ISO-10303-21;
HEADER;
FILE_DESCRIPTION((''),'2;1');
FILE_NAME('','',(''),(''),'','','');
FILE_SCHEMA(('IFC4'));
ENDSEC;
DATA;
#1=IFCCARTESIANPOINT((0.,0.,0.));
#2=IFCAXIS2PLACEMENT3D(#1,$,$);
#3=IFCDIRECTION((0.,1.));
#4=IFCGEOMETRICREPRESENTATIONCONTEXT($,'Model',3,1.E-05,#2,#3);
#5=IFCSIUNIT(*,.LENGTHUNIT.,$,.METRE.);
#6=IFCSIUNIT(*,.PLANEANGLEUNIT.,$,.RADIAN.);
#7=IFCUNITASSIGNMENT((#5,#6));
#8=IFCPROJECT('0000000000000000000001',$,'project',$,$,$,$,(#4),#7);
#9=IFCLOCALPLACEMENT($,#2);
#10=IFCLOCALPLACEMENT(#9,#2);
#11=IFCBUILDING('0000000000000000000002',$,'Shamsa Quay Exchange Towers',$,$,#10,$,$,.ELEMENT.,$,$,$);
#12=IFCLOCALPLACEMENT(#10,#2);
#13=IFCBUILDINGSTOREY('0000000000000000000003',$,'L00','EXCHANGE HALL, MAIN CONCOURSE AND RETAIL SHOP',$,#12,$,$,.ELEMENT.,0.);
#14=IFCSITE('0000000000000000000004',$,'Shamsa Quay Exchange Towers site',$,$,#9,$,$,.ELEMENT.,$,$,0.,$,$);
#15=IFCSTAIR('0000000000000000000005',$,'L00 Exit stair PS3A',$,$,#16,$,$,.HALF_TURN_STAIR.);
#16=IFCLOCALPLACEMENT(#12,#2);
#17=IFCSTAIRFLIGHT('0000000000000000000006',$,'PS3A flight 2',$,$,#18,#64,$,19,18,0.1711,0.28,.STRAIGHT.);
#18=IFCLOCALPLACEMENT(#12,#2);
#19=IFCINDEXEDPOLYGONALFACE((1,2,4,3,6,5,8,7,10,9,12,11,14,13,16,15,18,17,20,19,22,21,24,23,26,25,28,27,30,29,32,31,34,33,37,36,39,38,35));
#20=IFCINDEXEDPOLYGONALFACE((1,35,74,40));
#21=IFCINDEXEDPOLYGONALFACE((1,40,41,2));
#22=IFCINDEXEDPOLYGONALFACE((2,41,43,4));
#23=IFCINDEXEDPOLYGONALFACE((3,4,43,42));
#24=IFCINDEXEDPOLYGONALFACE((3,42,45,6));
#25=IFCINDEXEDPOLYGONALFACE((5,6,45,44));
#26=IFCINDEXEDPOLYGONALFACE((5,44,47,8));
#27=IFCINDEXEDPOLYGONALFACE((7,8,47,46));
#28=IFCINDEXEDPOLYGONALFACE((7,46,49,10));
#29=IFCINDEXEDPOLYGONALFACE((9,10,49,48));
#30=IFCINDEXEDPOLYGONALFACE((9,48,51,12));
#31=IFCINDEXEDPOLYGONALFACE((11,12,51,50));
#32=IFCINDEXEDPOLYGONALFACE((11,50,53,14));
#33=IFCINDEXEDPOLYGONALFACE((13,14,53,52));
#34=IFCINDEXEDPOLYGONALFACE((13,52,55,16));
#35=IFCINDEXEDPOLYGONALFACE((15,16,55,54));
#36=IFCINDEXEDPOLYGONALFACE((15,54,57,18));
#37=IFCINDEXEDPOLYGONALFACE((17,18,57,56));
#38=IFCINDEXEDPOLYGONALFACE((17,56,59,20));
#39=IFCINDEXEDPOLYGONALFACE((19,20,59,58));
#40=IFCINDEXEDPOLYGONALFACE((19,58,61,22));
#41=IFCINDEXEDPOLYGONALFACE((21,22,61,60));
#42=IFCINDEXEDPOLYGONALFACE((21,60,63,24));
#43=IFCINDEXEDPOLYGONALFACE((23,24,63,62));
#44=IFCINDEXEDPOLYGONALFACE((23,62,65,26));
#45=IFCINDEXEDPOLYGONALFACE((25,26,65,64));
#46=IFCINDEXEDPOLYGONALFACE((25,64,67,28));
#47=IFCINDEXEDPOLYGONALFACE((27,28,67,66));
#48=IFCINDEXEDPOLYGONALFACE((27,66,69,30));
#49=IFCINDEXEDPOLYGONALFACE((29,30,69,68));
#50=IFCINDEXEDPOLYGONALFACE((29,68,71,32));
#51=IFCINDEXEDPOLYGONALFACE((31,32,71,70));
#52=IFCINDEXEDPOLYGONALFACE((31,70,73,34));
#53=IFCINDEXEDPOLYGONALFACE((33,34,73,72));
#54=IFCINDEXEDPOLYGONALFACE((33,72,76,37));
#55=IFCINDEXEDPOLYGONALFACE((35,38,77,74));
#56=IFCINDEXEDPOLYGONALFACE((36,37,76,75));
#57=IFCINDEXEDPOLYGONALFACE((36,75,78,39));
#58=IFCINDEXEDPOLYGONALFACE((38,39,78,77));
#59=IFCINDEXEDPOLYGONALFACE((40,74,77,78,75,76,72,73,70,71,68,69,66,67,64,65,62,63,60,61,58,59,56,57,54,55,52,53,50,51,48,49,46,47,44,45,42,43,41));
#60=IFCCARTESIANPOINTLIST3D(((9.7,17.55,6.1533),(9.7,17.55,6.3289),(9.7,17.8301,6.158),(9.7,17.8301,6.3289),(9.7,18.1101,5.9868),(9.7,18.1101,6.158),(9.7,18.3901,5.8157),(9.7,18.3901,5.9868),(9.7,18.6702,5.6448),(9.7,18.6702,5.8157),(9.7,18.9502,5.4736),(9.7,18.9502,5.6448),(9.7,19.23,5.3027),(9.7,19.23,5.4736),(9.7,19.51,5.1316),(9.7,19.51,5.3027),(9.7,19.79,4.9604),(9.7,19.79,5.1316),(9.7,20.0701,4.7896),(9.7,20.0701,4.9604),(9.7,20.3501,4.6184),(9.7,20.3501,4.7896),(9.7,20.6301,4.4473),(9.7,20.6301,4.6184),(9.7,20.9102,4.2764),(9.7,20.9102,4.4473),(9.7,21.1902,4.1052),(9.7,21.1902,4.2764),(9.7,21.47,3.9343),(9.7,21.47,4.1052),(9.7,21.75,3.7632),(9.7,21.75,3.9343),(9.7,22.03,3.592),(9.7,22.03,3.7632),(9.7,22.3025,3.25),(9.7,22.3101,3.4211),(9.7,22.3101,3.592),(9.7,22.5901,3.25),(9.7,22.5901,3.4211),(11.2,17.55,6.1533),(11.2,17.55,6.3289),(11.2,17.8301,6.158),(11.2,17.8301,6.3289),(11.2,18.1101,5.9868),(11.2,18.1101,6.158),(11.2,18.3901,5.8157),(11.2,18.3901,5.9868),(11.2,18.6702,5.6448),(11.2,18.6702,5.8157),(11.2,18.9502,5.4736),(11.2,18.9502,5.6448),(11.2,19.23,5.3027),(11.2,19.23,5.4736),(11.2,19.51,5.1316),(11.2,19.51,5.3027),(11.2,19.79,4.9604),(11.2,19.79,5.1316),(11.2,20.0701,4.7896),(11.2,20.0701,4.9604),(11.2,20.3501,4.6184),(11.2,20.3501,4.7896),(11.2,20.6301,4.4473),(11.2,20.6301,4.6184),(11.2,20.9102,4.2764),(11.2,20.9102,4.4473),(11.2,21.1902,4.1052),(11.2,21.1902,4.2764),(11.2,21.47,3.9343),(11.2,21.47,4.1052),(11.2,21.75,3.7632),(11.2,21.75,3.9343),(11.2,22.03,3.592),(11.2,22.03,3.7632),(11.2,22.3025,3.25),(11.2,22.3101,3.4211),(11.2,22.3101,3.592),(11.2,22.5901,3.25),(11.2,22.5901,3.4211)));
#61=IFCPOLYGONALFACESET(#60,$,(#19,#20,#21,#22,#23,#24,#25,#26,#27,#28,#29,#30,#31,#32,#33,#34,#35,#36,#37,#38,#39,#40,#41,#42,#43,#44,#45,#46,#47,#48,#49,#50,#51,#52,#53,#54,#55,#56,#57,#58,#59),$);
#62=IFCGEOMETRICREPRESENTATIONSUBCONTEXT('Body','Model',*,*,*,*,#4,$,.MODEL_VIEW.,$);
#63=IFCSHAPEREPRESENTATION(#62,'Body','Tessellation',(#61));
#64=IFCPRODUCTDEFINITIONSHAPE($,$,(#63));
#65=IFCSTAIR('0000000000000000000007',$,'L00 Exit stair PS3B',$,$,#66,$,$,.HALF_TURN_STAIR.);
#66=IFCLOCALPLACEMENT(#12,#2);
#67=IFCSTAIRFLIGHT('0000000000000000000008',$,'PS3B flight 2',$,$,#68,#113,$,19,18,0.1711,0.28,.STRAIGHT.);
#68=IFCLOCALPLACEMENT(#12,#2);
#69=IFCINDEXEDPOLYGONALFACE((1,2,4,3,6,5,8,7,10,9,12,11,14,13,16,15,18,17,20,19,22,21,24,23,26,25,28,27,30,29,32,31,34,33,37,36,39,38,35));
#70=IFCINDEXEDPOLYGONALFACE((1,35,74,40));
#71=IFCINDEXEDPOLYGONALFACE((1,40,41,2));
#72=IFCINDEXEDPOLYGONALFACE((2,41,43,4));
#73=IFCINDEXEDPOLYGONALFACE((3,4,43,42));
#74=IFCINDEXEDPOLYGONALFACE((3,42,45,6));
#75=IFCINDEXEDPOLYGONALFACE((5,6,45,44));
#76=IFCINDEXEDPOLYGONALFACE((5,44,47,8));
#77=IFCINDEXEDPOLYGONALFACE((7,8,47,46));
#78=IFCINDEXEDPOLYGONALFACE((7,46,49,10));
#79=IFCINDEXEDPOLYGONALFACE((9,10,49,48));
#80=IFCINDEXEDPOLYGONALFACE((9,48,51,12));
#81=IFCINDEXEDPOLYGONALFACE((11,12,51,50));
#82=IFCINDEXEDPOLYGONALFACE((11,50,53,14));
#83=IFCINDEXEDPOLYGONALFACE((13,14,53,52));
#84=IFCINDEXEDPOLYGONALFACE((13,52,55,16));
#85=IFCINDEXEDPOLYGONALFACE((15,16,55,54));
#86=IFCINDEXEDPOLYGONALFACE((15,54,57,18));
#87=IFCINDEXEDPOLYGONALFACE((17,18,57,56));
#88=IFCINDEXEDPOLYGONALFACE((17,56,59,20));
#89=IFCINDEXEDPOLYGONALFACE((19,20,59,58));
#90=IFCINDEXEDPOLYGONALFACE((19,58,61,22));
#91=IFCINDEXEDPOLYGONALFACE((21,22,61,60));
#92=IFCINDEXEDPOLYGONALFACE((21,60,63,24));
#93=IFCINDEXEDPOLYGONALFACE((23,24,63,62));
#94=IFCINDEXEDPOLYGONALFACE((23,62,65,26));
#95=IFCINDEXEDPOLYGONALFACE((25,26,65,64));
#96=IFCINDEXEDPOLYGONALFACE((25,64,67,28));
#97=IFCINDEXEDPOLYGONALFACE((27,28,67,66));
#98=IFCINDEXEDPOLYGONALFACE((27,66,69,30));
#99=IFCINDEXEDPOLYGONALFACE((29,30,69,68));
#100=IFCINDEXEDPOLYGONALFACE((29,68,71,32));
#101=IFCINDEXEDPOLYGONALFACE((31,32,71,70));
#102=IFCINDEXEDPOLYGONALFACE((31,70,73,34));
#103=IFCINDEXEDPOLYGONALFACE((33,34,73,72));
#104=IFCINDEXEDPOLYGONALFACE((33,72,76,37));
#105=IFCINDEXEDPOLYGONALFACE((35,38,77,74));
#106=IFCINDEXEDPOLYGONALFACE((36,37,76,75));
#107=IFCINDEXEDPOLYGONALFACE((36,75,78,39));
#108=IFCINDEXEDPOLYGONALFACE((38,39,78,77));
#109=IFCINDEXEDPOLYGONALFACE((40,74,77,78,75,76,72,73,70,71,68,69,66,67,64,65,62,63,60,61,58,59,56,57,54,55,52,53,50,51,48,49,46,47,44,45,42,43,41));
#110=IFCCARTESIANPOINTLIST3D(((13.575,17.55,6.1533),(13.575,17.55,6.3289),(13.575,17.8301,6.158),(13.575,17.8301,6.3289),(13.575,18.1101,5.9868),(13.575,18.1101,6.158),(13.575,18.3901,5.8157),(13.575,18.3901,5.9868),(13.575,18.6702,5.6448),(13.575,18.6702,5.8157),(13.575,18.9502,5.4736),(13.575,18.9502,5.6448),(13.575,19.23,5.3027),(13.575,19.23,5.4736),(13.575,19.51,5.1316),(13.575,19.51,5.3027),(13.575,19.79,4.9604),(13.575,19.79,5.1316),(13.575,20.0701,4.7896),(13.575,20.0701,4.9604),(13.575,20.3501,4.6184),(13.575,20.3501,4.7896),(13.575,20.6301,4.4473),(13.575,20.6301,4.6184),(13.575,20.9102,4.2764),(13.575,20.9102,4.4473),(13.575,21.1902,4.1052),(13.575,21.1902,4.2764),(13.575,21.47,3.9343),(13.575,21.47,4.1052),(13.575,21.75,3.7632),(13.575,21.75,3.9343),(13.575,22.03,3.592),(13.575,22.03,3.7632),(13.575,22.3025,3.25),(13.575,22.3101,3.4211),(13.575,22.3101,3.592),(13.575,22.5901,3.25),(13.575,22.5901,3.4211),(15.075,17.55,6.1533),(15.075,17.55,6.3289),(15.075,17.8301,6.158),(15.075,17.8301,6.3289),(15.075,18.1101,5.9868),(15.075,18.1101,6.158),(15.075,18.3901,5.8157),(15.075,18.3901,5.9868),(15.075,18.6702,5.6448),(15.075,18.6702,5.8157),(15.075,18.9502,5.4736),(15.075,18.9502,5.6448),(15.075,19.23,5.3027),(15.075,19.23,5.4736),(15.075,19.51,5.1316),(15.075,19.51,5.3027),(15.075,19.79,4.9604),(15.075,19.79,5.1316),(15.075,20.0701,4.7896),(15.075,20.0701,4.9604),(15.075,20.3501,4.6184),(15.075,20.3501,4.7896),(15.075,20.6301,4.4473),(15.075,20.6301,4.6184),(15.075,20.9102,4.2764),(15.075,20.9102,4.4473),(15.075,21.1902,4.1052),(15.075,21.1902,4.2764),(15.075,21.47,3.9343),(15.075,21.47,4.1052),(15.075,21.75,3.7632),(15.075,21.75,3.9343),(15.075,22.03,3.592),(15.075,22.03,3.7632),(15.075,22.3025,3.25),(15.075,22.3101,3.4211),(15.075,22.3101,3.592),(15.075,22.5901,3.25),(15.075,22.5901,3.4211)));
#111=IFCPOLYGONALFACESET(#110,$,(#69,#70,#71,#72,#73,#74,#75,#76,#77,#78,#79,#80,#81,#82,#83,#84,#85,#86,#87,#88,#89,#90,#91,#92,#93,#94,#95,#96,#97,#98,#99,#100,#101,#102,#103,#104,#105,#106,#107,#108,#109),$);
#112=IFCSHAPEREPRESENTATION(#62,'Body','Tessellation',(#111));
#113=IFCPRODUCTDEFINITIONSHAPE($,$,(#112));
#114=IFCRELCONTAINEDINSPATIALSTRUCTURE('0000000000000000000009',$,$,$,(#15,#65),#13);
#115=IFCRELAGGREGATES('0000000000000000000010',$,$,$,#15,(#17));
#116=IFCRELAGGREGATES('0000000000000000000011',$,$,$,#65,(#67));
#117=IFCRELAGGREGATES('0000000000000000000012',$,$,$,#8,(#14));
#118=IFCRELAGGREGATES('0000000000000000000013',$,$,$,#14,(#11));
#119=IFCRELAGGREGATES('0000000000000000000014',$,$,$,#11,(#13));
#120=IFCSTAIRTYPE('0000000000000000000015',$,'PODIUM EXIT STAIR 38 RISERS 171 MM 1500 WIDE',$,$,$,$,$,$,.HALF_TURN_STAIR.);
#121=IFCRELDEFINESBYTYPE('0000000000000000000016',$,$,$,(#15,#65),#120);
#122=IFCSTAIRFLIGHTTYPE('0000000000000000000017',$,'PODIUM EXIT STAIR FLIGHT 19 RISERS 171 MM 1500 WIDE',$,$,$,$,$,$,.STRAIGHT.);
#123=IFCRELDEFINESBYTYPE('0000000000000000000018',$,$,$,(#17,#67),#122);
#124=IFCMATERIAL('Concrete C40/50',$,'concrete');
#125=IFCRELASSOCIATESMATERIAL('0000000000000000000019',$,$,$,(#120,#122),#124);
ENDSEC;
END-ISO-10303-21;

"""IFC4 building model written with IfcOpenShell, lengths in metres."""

from ifc_helpers import new_model, si_unit, direction, frame, origin, place, context, subcontext, project, spatial, polyline, outline, extrude, material, type_object, element, aggregate, save


model = new_model("IFC4")

# Units and contexts
model_context = context("Model", 3, precision=1e-05, world=origin(), true_north=direction((0.0, 1.0)))
body_context = subcontext(model_context, "Body", "Model", "MODEL_VIEW")
ifc_project = project(units=[si_unit("LENGTHUNIT", "METRE"), si_unit("PLANEANGLEUNIT", "RADIAN")], contexts=[model_context])

# Site, building, storey
site_placement = place(None, origin())
site = spatial("IfcSite", under=ifc_project, at=site_placement, Name="Shamsa Quay Exchange Towers site", CompositionType="ELEMENT", RefElevation=0.0)
building_placement = place(site_placement, origin())
building = spatial("IfcBuilding", under=site, at=building_placement, Name="Shamsa Quay Exchange Towers", CompositionType="ELEMENT")
storey_placement = place(building_placement, origin())
storey = spatial("IfcBuildingStorey", under=building, at=storey_placement, Name="L00", Description="EXCHANGE HALL, MAIN CONCOURSE AND RETAIL SHOP", CompositionType="ELEMENT", Elevation=0.0)

# Shared definitions
ifc_material_1 = material(Name="Concrete C40/50", Category="concrete")

# Stairs, stair flights
stair_type = type_object("IfcStairType", Name="PODIUM EXIT STAIR 38 RISERS 171 MM 1500 WIDE", PredefinedType="HALF_TURN_STAIR", material=ifc_material_1)
stair_1_placement = place(storey_placement, origin())
stair_1 = element("IfcStair", 1, at=stair_1_placement, inside=storey, type_object=stair_type, Name="L00 Exit stair PS3A", PredefinedType="HALF_TURN_STAIR")
stair_flight_type = type_object("IfcStairFlightType", Name="PODIUM EXIT STAIR FLIGHT 19 RISERS 171 MM 1500 WIDE", PredefinedType="STRAIGHT", material=ifc_material_1)
stair_flight_1_placement = place(storey_placement, frame((10.45, 22.5901, 3.25), z_axis=(0.0, 0.0, 1.0), x_axis=(0.0, -1.0, 0.0)))
stair_flight_1 = element("IfcStairFlight", 2, at=stair_flight_1_placement, type_object=stair_flight_type, Name="PS3A flight 2", NumberOfRisers=19, NumberOfTreads=18, PredefinedType="STRAIGHT", RiserHeight=0.1711, TreadLength=0.28, context=body_context, shape_type="SweptSolid", body=[
    extrude(outline(polyline([(0.0, 0.0), (0.0, 0.1711), (0.28, 0.1711), (0.28, 0.342), (0.5601, 0.342), (0.5601, 0.5132), (0.8401, 0.5132), (0.8401, 0.6843), (1.1201, 0.6843), (1.1201, 0.8552), (1.3999, 0.8552), (1.3999, 1.0264), (1.6799, 1.0264), (1.6799, 1.1973), (1.96, 1.1973), (1.96, 1.3684), (2.24, 1.3684), (2.24, 1.5396), (2.52, 1.5396), (2.52, 1.7104), (2.8, 1.7104), (2.8, 1.8816), (3.0801, 1.8816), (3.0801, 2.0527), (3.3601, 2.0527), (3.3601, 2.2236), (3.6399, 2.2236), (3.6399, 2.3948), (3.9199, 2.3948), (3.9199, 2.5657), (4.2, 2.5657), (4.2, 2.7368), (4.48, 2.7368), (4.48, 2.908), (4.76, 2.908), (4.76, 3.0789), (5.04, 3.0789), (5.04, 3.25), (5.04, 2.9033), (0.2876, 0.0), (0.0, 0.0)])), frame((0.0, 0.75, 0.0), z_axis=(0.0, -1.0, 0.0), x_axis=(1.0, 0.0, 0.0)), (0.0, 0.0, 1.0), 1.5),
])
aggregate(stair_1, [stair_flight_1])
stair_2_placement = place(storey_placement, origin())
stair_2 = element("IfcStair", 3, at=stair_2_placement, inside=storey, type_object=stair_type, Name="L00 Exit stair PS3B", PredefinedType="HALF_TURN_STAIR")
stair_flight_2_placement = place(storey_placement, frame((14.325, 22.5901, 3.25), z_axis=(0.0, 0.0, 1.0), x_axis=(0.0, -1.0, 0.0)))
stair_flight_2 = element("IfcStairFlight", 4, at=stair_flight_2_placement, type_object=stair_flight_type, Name="PS3B flight 2", NumberOfRisers=19, NumberOfTreads=18, PredefinedType="STRAIGHT", RiserHeight=0.1711, TreadLength=0.28, context=body_context, shape_type="SweptSolid", body=[
    extrude(outline(polyline([(0.0, 0.0), (0.0, 0.1711), (0.28, 0.1711), (0.28, 0.342), (0.5601, 0.342), (0.5601, 0.5132), (0.8401, 0.5132), (0.8401, 0.6843), (1.1201, 0.6843), (1.1201, 0.8552), (1.3999, 0.8552), (1.3999, 1.0264), (1.6799, 1.0264), (1.6799, 1.1973), (1.96, 1.1973), (1.96, 1.3684), (2.24, 1.3684), (2.24, 1.5396), (2.52, 1.5396), (2.52, 1.7104), (2.8, 1.7104), (2.8, 1.8816), (3.0801, 1.8816), (3.0801, 2.0527), (3.3601, 2.0527), (3.3601, 2.2236), (3.6399, 2.2236), (3.6399, 2.3948), (3.9199, 2.3948), (3.9199, 2.5657), (4.2, 2.5657), (4.2, 2.7368), (4.48, 2.7368), (4.48, 2.908), (4.76, 2.908), (4.76, 3.0789), (5.04, 3.0789), (5.04, 3.25), (5.04, 2.9033), (0.2876, 0.0), (0.0, 0.0)])), frame((0.0, 0.75, 0.0), z_axis=(0.0, -1.0, 0.0), x_axis=(1.0, 0.0, 0.0)), (0.0, 0.0, 1.0), 1.5),
])
aggregate(stair_2, [stair_flight_2])

save(model, "model.ifc")
